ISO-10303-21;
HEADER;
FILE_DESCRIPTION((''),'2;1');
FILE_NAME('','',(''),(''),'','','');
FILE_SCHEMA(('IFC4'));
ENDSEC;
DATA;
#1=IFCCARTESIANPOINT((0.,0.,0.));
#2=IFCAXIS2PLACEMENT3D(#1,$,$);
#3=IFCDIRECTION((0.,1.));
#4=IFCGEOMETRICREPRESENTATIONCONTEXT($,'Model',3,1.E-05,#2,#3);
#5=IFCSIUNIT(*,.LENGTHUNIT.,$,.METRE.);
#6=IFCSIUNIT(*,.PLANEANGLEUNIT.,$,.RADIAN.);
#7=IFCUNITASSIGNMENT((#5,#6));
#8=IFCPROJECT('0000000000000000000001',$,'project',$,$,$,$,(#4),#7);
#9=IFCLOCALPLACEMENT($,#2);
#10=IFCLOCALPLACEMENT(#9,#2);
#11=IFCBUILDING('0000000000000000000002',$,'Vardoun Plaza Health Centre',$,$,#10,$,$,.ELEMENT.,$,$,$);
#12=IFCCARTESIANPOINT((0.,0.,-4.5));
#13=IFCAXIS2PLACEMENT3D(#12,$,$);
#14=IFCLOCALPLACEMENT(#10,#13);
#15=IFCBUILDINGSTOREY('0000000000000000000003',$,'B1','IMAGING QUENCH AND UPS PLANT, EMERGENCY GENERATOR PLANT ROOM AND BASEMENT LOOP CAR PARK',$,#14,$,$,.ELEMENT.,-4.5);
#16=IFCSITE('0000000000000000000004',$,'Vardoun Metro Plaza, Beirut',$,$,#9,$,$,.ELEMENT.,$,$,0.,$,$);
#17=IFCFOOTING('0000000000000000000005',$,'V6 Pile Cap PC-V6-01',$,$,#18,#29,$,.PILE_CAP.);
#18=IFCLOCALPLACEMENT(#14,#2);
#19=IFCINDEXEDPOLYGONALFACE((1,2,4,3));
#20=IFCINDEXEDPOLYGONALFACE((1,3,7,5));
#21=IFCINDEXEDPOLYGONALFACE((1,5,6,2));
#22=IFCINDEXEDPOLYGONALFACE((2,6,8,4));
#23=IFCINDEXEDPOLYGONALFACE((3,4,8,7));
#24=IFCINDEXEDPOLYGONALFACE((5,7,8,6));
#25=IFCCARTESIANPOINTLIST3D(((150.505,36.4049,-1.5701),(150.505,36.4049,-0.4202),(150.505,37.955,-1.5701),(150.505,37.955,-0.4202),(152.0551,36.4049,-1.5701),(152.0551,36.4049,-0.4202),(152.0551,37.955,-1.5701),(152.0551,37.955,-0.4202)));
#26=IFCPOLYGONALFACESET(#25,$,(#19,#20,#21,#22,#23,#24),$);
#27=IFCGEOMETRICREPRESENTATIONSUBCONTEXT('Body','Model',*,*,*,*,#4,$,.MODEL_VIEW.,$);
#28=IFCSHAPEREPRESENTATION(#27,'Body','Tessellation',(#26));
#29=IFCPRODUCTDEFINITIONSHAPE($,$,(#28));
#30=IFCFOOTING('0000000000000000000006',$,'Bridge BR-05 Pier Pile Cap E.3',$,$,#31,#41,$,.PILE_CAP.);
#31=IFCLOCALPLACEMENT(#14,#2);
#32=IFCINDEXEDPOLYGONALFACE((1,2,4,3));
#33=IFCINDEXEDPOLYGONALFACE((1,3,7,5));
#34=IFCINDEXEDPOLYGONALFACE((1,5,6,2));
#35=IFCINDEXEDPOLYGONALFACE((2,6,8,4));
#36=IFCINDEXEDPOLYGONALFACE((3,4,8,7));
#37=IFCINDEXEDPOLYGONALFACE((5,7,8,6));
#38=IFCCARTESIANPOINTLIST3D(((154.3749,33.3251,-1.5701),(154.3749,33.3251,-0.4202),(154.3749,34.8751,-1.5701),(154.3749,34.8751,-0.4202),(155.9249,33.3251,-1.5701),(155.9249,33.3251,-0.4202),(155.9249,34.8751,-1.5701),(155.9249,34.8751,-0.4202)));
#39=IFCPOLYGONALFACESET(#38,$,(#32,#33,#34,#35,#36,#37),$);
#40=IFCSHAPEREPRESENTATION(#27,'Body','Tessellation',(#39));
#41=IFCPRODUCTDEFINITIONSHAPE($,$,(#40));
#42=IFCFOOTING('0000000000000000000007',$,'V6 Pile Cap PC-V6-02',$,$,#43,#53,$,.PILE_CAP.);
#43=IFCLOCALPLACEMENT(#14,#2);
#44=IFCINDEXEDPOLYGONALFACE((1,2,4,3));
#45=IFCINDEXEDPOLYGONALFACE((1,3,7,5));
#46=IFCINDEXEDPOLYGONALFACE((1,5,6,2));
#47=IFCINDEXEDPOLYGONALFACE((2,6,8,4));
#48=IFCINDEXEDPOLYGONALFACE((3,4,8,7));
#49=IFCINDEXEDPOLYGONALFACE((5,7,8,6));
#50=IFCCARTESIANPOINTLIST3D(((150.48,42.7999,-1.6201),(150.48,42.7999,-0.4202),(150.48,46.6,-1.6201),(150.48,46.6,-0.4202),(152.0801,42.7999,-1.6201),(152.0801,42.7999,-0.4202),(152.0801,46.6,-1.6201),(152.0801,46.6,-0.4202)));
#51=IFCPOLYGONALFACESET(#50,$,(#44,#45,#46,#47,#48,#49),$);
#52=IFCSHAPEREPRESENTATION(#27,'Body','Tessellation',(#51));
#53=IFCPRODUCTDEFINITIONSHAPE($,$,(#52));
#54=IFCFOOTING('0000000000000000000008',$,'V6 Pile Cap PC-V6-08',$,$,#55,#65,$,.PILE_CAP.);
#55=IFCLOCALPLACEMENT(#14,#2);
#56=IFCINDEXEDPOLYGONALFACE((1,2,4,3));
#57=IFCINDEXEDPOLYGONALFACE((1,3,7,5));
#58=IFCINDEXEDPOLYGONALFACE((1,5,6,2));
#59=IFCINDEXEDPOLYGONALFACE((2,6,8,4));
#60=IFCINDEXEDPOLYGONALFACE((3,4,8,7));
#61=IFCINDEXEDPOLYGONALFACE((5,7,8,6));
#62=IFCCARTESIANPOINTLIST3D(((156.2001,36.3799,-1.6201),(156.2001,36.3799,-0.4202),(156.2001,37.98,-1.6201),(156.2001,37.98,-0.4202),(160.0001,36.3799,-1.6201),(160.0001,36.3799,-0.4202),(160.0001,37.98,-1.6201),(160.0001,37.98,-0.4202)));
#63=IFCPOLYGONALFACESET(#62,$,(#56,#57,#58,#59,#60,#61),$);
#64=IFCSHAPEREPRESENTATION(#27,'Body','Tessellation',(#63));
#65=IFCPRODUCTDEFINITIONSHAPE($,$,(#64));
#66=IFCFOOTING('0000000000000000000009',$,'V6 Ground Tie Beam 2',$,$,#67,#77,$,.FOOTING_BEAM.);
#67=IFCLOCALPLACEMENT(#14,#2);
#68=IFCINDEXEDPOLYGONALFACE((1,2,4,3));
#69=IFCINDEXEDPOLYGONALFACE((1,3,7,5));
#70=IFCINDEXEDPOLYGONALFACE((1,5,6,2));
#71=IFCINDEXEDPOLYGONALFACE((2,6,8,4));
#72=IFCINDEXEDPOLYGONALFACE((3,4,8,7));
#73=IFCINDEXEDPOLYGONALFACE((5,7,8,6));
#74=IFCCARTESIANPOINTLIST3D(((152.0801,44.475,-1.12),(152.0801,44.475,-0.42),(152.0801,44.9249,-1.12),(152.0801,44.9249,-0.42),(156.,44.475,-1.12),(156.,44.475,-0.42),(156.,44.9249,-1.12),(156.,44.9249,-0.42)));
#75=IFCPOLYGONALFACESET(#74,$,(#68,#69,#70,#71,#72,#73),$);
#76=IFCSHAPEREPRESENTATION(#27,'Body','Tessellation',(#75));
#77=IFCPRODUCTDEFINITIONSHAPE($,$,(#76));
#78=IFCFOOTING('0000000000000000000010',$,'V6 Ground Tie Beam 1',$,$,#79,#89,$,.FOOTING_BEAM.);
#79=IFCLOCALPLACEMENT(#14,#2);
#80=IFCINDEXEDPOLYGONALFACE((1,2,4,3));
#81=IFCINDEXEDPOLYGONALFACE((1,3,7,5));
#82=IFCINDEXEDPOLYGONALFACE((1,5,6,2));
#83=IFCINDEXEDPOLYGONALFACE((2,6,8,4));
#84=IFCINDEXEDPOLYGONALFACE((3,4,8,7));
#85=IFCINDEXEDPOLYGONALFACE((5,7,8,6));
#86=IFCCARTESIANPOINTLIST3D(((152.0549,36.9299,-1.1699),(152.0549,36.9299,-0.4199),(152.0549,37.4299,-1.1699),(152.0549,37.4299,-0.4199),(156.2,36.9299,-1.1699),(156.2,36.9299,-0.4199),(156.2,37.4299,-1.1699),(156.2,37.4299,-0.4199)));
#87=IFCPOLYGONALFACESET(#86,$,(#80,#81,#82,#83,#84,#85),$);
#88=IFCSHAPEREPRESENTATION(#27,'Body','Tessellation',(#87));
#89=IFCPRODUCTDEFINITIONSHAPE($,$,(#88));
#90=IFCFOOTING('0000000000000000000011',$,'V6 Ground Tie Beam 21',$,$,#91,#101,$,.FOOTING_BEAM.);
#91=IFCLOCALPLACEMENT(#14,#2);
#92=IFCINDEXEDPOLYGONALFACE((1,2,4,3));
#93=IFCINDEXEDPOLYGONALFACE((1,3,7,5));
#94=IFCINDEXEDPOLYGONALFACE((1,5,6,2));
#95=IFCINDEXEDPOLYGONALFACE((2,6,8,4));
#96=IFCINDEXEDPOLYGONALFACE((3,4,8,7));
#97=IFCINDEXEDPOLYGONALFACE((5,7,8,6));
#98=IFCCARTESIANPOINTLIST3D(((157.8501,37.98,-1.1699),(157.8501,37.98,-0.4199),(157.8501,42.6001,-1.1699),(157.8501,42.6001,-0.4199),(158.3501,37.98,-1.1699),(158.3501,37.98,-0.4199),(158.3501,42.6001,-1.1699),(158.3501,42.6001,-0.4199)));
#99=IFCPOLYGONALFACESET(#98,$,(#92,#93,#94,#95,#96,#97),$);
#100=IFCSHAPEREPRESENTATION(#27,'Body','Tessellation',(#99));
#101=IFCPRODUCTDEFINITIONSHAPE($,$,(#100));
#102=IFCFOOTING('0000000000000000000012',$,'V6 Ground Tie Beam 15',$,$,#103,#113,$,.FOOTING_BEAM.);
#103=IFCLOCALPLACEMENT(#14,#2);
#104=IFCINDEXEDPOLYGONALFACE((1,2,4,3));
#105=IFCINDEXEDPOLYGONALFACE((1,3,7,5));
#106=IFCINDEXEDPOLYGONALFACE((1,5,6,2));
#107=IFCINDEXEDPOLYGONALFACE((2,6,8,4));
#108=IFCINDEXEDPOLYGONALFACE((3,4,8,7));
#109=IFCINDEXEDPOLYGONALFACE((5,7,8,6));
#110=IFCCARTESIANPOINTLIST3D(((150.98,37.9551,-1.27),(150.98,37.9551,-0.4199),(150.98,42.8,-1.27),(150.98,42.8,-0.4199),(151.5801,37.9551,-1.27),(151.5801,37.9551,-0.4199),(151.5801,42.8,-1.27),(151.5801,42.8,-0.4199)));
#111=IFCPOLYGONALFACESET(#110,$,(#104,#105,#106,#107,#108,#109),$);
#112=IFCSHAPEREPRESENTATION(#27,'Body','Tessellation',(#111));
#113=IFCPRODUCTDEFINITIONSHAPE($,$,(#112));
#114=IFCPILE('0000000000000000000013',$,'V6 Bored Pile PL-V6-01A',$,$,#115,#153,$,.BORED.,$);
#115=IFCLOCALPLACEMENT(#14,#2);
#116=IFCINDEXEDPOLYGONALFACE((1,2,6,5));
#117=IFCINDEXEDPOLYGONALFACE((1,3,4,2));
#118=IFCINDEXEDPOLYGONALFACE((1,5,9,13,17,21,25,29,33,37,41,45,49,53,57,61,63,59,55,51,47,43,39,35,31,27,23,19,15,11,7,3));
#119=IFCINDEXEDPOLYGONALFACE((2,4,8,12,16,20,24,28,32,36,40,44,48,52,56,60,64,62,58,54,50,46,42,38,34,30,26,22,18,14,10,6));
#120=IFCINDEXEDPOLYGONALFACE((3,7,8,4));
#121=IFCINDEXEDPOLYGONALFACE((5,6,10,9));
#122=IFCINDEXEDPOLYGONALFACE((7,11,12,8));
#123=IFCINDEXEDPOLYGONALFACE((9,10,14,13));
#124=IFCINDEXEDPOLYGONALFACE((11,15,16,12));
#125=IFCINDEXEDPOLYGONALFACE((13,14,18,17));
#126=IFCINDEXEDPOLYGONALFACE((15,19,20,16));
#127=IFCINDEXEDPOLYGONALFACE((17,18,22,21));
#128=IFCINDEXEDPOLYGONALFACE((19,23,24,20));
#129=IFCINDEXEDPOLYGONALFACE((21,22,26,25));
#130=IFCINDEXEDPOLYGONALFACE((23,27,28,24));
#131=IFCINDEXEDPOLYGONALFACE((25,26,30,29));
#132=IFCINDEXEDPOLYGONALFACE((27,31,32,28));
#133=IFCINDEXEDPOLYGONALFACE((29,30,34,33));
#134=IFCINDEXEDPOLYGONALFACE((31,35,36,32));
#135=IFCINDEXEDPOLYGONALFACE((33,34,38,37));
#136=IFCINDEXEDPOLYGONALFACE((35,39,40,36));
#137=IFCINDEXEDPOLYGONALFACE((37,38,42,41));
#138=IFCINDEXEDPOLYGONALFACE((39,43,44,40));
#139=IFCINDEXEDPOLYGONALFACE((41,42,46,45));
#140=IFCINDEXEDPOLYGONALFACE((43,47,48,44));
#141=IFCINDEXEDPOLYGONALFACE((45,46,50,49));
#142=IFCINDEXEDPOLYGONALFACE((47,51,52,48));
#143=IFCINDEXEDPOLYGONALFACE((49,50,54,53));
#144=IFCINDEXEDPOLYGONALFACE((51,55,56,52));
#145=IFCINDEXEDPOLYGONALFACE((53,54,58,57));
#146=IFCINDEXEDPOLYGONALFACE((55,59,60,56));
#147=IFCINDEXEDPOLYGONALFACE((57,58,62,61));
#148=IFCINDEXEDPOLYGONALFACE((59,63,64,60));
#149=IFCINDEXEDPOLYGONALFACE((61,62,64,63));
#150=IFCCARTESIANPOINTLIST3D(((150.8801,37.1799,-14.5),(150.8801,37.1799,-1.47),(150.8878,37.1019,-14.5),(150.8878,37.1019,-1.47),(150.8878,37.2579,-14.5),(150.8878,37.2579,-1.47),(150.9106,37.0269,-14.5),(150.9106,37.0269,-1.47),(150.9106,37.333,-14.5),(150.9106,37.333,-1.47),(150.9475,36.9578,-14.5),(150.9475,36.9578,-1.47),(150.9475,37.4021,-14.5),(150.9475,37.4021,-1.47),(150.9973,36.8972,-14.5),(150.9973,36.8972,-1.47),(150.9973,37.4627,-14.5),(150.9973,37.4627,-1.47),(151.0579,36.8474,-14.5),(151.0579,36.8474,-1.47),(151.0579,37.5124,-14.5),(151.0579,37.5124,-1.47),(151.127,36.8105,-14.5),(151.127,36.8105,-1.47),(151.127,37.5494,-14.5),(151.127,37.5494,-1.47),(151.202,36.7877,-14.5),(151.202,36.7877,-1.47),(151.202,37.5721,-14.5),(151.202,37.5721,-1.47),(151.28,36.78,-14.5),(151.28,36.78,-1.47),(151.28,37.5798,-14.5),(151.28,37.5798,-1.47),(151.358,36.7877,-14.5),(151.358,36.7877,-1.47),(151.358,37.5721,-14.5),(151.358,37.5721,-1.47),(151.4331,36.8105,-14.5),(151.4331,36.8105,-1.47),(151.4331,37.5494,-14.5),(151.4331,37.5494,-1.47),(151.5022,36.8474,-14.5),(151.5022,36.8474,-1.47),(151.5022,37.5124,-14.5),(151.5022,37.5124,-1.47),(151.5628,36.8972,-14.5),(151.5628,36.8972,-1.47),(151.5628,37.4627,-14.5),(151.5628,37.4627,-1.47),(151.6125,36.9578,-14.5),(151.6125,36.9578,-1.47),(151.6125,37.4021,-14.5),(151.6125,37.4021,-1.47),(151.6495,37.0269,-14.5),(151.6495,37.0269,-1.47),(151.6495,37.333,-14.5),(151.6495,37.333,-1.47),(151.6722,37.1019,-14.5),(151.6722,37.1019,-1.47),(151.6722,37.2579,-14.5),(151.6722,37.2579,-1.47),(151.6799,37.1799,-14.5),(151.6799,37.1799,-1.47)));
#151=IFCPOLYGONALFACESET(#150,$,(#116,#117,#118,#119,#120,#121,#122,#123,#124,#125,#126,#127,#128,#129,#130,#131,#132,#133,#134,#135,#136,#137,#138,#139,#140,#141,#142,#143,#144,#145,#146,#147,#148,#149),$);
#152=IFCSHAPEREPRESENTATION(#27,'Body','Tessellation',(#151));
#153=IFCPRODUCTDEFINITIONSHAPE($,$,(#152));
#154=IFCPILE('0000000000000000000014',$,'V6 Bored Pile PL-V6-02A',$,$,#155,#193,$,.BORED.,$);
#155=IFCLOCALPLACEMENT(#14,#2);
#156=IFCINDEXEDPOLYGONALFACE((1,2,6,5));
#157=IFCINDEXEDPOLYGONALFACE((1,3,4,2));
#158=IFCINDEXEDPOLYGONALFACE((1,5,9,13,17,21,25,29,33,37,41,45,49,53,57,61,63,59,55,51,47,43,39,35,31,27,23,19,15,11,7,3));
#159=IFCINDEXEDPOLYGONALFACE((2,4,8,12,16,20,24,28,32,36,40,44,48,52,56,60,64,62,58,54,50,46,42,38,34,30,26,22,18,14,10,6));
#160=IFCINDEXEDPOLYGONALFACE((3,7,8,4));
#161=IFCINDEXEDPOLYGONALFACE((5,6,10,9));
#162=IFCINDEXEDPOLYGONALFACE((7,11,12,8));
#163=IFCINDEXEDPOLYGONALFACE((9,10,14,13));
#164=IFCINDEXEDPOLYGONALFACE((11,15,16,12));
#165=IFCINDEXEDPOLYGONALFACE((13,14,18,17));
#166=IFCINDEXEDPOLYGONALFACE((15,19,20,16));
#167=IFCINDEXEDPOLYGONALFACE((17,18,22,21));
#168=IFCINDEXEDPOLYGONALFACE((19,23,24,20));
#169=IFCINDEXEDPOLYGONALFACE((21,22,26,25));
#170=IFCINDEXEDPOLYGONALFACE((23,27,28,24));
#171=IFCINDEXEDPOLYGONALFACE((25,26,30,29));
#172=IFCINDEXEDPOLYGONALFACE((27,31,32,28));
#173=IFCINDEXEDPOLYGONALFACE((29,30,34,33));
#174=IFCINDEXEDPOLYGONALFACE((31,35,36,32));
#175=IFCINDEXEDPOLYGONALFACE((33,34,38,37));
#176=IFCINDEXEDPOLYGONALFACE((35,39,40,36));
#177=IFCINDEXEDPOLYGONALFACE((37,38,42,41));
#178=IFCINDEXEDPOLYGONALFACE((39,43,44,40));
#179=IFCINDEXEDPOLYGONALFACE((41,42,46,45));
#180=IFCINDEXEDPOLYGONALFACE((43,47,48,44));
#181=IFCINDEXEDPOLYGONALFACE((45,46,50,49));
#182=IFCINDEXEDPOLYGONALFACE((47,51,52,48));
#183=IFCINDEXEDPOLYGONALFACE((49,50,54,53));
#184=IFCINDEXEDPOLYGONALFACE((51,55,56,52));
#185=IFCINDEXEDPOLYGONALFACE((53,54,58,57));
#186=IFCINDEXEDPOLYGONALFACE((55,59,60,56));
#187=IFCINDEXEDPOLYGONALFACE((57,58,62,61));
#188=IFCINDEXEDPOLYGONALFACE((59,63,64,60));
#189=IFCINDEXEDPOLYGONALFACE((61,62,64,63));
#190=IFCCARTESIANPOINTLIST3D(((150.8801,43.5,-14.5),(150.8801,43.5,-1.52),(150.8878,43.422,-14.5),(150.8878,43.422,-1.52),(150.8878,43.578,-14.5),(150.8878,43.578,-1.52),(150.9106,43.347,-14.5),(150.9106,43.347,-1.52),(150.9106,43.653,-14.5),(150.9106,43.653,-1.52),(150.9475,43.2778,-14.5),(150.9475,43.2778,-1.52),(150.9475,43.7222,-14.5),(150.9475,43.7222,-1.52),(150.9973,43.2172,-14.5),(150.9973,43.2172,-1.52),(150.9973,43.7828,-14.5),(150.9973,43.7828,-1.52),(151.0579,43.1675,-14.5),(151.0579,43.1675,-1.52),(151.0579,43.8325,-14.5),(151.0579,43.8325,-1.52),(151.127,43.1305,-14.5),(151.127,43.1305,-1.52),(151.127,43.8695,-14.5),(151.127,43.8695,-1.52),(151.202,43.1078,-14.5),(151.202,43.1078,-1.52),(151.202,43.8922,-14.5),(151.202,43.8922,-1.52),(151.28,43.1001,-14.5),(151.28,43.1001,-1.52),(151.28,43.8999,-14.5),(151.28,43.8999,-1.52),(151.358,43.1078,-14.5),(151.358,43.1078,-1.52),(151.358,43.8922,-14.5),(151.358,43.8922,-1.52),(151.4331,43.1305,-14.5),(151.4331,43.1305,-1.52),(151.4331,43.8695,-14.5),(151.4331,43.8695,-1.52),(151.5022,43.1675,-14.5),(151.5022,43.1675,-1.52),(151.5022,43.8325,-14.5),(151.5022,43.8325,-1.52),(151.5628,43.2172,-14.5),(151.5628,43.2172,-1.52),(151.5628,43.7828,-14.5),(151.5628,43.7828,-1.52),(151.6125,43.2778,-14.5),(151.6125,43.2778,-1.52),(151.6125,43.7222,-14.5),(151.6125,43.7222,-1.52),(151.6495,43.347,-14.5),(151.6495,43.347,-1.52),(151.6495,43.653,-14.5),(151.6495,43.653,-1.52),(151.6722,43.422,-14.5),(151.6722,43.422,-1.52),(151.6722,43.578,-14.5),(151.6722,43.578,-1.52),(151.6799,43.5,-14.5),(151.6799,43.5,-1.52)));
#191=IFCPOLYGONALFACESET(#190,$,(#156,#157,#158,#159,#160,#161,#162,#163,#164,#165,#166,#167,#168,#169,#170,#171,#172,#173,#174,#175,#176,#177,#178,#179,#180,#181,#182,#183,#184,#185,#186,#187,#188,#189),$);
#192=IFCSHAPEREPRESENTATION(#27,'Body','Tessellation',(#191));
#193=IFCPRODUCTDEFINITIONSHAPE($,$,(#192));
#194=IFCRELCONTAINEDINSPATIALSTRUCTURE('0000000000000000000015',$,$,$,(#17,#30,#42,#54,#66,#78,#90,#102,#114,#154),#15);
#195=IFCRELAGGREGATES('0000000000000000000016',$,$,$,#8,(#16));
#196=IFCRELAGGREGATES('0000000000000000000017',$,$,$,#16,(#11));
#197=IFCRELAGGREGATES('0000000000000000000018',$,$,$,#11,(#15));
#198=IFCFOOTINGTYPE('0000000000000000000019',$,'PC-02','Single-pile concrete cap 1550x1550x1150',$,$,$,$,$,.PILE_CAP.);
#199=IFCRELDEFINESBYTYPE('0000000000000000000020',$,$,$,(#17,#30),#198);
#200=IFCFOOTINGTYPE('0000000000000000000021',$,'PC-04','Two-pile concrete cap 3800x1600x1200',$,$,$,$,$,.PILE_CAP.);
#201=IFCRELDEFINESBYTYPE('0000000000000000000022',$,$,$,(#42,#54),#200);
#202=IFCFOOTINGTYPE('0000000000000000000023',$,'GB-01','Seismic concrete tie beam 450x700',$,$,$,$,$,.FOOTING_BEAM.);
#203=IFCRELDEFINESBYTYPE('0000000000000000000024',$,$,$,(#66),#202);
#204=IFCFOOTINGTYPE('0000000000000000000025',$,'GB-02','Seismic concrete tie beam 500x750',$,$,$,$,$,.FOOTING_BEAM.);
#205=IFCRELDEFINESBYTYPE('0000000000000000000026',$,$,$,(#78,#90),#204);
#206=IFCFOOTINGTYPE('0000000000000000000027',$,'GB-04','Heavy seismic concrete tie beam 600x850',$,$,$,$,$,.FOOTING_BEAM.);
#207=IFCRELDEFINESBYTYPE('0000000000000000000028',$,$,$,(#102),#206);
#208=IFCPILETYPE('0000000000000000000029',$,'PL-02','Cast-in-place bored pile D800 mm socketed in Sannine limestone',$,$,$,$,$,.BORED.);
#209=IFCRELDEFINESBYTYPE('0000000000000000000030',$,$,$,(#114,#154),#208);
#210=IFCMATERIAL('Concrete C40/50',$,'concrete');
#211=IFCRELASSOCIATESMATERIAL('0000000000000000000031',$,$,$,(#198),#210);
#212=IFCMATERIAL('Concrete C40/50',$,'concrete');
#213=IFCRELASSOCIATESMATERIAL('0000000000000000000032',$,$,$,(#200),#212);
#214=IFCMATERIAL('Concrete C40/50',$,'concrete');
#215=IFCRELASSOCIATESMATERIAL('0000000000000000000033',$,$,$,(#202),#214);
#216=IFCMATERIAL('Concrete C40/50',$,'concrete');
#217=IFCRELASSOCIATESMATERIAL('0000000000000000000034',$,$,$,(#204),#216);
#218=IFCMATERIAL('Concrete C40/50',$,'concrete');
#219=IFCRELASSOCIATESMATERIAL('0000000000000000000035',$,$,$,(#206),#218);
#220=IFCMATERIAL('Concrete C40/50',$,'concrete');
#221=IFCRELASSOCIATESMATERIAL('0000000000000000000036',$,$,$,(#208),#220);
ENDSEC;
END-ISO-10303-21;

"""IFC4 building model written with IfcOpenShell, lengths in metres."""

from ifc_helpers import new_model, si_unit, direction, frame, origin, origin_2d, place, context, subcontext, project, spatial, rectangle, circle, extrude, material, material_profile, profile_set, type_object, element, save


model = new_model("IFC4")

# Units and contexts
model_context = context("Model", 3, precision=1e-05, world=origin(), true_north=direction((0.0, 1.0)))
body_context = subcontext(model_context, "Body", "Model", "MODEL_VIEW")
ifc_project = project(units=[si_unit("LENGTHUNIT", "METRE"), si_unit("PLANEANGLEUNIT", "RADIAN")], contexts=[model_context])

# Site, building, storey
site_placement = place(None, origin())
site = spatial("IfcSite", under=ifc_project, at=site_placement, Name="Vardoun Metro Plaza, Beirut", CompositionType="ELEMENT", RefElevation=0.0)
building_placement = place(site_placement, origin())
building = spatial("IfcBuilding", under=site, at=building_placement, Name="Vardoun Plaza Health Centre", CompositionType="ELEMENT")
storey_placement = place(building_placement, frame((0.0, 0.0, -4.5)))
storey = spatial("IfcBuildingStorey", under=building, at=storey_placement, Name="B1", Description="IMAGING QUENCH AND UPS PLANT, EMERGENCY GENERATOR PLANT ROOM AND BASEMENT LOOP CAR PARK", CompositionType="ELEMENT", Elevation=-4.5)

# Footings
ifc_material_1 = material(Name="Concrete C40/50", Category="concrete")
footing_type_1 = type_object("IfcFootingType", Name="PC-02", Description="Single-pile concrete cap 1550x1550x1150", PredefinedType="PILE_CAP", material=ifc_material_1)
for number, where, z_axis, x_axis, name in (
    (1, (151.28, 37.1799, -1.5701), (0.0, 0.0, 1.0), (1.0, 0.0, 0.0), "V6 Pile Cap PC-V6-01"),
    (2, (155.1499, 34.1001, -1.5701), (0.0, 0.0, 1.0), (1.0, 0.0, 0.0), "Bridge BR-05 Pier Pile Cap E.3"),
):
    element("IfcFooting", number, at=place(storey_placement, frame(where, z_axis=z_axis, x_axis=x_axis)), inside=storey, type_object=footing_type_1, Name=name, PredefinedType="PILE_CAP", context=body_context, shape_type="SweptSolid", body=[
        extrude(rectangle(XDim=1.55, YDim=1.55, at=origin_2d()), origin(), (0.0, 0.0, 1.0), 1.1499),
    ])
ifc_material_2 = material(Name="Concrete C40/50", Category="concrete")
footing_type_2 = type_object("IfcFootingType", Name="PC-04", Description="Two-pile concrete cap 3800x1600x1200", PredefinedType="PILE_CAP", material=ifc_material_2)
for number, where, z_axis, x_axis, name in (
    (3, (151.28, 44.7, -1.6201), (0.0, 0.0, 1.0), (0.0, 1.0, 0.0), "V6 Pile Cap PC-V6-02"),
    (4, (158.1001, 37.1799, -1.6201), (0.0, 0.0, 1.0), (1.0, 0.0, 0.0), "V6 Pile Cap PC-V6-08"),
):
    element("IfcFooting", number, at=place(storey_placement, frame(where, z_axis=z_axis, x_axis=x_axis)), inside=storey, type_object=footing_type_2, Name=name, PredefinedType="PILE_CAP", context=body_context, shape_type="SweptSolid", body=[
        extrude(rectangle(XDim=3.8, YDim=1.6001, at=origin_2d()), origin(), (0.0, 0.0, 1.0), 1.2),
    ])
ifc_material_3 = material(Name="Concrete C40/50", Category="concrete")
ifc_material_profile_1 = material_profile(ifc_material_3, rectangle(XDim=0.45, YDim=0.7, at=origin_2d()), Name="GB 450x700")
ifc_profile_set_1 = profile_set([ifc_material_profile_1], Name="Concrete C40/50")
footing_type_3 = type_object("IfcFootingType", Name="GB-01", Description="Seismic concrete tie beam 450x700", PredefinedType="FOOTING_BEAM", material=ifc_profile_set_1)
footing_1_placement = place(storey_placement, frame((152.0801, 44.7, -0.77), z_axis=(1.0, 0.0, 0.0), x_axis=(0.0, 1.0, 0.0)))
element("IfcFooting", 5, at=footing_1_placement, inside=storey, type_object=footing_type_3, Name="V6 Ground Tie Beam 2", PredefinedType="FOOTING_BEAM", context=body_context, shape_type="SweptSolid", body=[
    extrude(rectangle(XDim=0.45, YDim=0.7, at=origin_2d()), origin(), (0.0, 0.0, 1.0), 3.9199),
])
ifc_material_4 = material(Name="Concrete C40/50", Category="concrete")
ifc_material_profile_2 = material_profile(ifc_material_4, rectangle(XDim=0.5, YDim=0.75, at=origin_2d()), Name="GB 500x750")
ifc_profile_set_2 = profile_set([ifc_material_profile_2], Name="Concrete C40/50")
footing_type_4 = type_object("IfcFootingType", Name="GB-02", Description="Seismic concrete tie beam 500x750", PredefinedType="FOOTING_BEAM", material=ifc_profile_set_2)
footing_2_placement = place(storey_placement, frame((152.0549, 37.1799, -0.7949), z_axis=(1.0, 0.0, 0.0), x_axis=(0.0, 1.0, 0.0)))
element("IfcFooting", 6, at=footing_2_placement, inside=storey, type_object=footing_type_4, Name="V6 Ground Tie Beam 1", PredefinedType="FOOTING_BEAM", context=body_context, shape_type="SweptSolid", body=[
    extrude(rectangle(XDim=0.5, YDim=0.75, at=origin_2d()), origin(), (0.0, 0.0, 1.0), 4.145),
])
footing_3_placement = place(storey_placement, frame((158.1001, 37.98, -0.7949), z_axis=(0.0, 1.0, 0.0), x_axis=(-1.0, 0.0, 0.0)))
element("IfcFooting", 7, at=footing_3_placement, inside=storey, type_object=footing_type_4, Name="V6 Ground Tie Beam 21", PredefinedType="FOOTING_BEAM", context=body_context, shape_type="SweptSolid", body=[
    extrude(rectangle(XDim=0.5, YDim=0.75, at=origin_2d()), origin(), (0.0, 0.0, 1.0), 4.6201),
])
ifc_material_5 = material(Name="Concrete C40/50", Category="concrete")
ifc_material_profile_3 = material_profile(ifc_material_5, rectangle(XDim=0.6001, YDim=0.8501, at=origin_2d()), Name="GB 600x850")
ifc_profile_set_3 = profile_set([ifc_material_profile_3], Name="Concrete C40/50")
footing_type_5 = type_object("IfcFootingType", Name="GB-04", Description="Heavy seismic concrete tie beam 600x850", PredefinedType="FOOTING_BEAM", material=ifc_profile_set_3)
footing_4_placement = place(storey_placement, frame((151.28, 37.9551, -0.845), z_axis=(0.0, 1.0, 0.0), x_axis=(-1.0, 0.0, 0.0)))
element("IfcFooting", 8, at=footing_4_placement, inside=storey, type_object=footing_type_5, Name="V6 Ground Tie Beam 15", PredefinedType="FOOTING_BEAM", context=body_context, shape_type="SweptSolid", body=[
    extrude(rectangle(XDim=0.6001, YDim=0.8501, at=origin_2d()), origin(), (0.0, 0.0, 1.0), 4.845),
])

# Piles
ifc_material_6 = material(Name="Concrete C40/50", Category="concrete")
ifc_material_profile_4 = material_profile(ifc_material_6, circle(Radius=0.3999, at=origin_2d()), Name="PILE D800")
ifc_profile_set_4 = profile_set([ifc_material_profile_4], Name="Concrete C40/50")
pile_type_1 = type_object("IfcPileType", Name="PL-02", Description="Cast-in-place bored pile D800 mm socketed in Sannine limestone", PredefinedType="BORED", material=ifc_profile_set_4)
pile_1_placement = place(storey_placement, frame((151.28, 37.1799, -1.47), z_axis=(0.0, 0.0, -1.0), x_axis=(1.0, 0.0, 0.0)))
element("IfcPile", 9, at=pile_1_placement, inside=storey, type_object=pile_type_1, Name="V6 Bored Pile PL-V6-01A", PredefinedType="BORED", context=body_context, shape_type="SweptSolid", body=[
    extrude(circle(Radius=0.3999, at=origin_2d()), origin(), (0.0, 0.0, 1.0), 13.03),
])
for number, where, z_axis, x_axis, name in (
    (10, (151.28, 43.5, -1.52), (0.0, 0.0, -1.0), (1.0, 0.0, 0.0), "V6 Bored Pile PL-V6-02A"),
):
    element("IfcPile", number, at=place(storey_placement, frame(where, z_axis=z_axis, x_axis=x_axis)), inside=storey, type_object=pile_type_1, Name=name, PredefinedType="BORED", context=body_context, shape_type="SweptSolid", body=[
        extrude(circle(Radius=0.3999, at=origin_2d()), origin(), (0.0, 0.0, 1.0), 12.98),
    ])

save(model, "model.ifc")
